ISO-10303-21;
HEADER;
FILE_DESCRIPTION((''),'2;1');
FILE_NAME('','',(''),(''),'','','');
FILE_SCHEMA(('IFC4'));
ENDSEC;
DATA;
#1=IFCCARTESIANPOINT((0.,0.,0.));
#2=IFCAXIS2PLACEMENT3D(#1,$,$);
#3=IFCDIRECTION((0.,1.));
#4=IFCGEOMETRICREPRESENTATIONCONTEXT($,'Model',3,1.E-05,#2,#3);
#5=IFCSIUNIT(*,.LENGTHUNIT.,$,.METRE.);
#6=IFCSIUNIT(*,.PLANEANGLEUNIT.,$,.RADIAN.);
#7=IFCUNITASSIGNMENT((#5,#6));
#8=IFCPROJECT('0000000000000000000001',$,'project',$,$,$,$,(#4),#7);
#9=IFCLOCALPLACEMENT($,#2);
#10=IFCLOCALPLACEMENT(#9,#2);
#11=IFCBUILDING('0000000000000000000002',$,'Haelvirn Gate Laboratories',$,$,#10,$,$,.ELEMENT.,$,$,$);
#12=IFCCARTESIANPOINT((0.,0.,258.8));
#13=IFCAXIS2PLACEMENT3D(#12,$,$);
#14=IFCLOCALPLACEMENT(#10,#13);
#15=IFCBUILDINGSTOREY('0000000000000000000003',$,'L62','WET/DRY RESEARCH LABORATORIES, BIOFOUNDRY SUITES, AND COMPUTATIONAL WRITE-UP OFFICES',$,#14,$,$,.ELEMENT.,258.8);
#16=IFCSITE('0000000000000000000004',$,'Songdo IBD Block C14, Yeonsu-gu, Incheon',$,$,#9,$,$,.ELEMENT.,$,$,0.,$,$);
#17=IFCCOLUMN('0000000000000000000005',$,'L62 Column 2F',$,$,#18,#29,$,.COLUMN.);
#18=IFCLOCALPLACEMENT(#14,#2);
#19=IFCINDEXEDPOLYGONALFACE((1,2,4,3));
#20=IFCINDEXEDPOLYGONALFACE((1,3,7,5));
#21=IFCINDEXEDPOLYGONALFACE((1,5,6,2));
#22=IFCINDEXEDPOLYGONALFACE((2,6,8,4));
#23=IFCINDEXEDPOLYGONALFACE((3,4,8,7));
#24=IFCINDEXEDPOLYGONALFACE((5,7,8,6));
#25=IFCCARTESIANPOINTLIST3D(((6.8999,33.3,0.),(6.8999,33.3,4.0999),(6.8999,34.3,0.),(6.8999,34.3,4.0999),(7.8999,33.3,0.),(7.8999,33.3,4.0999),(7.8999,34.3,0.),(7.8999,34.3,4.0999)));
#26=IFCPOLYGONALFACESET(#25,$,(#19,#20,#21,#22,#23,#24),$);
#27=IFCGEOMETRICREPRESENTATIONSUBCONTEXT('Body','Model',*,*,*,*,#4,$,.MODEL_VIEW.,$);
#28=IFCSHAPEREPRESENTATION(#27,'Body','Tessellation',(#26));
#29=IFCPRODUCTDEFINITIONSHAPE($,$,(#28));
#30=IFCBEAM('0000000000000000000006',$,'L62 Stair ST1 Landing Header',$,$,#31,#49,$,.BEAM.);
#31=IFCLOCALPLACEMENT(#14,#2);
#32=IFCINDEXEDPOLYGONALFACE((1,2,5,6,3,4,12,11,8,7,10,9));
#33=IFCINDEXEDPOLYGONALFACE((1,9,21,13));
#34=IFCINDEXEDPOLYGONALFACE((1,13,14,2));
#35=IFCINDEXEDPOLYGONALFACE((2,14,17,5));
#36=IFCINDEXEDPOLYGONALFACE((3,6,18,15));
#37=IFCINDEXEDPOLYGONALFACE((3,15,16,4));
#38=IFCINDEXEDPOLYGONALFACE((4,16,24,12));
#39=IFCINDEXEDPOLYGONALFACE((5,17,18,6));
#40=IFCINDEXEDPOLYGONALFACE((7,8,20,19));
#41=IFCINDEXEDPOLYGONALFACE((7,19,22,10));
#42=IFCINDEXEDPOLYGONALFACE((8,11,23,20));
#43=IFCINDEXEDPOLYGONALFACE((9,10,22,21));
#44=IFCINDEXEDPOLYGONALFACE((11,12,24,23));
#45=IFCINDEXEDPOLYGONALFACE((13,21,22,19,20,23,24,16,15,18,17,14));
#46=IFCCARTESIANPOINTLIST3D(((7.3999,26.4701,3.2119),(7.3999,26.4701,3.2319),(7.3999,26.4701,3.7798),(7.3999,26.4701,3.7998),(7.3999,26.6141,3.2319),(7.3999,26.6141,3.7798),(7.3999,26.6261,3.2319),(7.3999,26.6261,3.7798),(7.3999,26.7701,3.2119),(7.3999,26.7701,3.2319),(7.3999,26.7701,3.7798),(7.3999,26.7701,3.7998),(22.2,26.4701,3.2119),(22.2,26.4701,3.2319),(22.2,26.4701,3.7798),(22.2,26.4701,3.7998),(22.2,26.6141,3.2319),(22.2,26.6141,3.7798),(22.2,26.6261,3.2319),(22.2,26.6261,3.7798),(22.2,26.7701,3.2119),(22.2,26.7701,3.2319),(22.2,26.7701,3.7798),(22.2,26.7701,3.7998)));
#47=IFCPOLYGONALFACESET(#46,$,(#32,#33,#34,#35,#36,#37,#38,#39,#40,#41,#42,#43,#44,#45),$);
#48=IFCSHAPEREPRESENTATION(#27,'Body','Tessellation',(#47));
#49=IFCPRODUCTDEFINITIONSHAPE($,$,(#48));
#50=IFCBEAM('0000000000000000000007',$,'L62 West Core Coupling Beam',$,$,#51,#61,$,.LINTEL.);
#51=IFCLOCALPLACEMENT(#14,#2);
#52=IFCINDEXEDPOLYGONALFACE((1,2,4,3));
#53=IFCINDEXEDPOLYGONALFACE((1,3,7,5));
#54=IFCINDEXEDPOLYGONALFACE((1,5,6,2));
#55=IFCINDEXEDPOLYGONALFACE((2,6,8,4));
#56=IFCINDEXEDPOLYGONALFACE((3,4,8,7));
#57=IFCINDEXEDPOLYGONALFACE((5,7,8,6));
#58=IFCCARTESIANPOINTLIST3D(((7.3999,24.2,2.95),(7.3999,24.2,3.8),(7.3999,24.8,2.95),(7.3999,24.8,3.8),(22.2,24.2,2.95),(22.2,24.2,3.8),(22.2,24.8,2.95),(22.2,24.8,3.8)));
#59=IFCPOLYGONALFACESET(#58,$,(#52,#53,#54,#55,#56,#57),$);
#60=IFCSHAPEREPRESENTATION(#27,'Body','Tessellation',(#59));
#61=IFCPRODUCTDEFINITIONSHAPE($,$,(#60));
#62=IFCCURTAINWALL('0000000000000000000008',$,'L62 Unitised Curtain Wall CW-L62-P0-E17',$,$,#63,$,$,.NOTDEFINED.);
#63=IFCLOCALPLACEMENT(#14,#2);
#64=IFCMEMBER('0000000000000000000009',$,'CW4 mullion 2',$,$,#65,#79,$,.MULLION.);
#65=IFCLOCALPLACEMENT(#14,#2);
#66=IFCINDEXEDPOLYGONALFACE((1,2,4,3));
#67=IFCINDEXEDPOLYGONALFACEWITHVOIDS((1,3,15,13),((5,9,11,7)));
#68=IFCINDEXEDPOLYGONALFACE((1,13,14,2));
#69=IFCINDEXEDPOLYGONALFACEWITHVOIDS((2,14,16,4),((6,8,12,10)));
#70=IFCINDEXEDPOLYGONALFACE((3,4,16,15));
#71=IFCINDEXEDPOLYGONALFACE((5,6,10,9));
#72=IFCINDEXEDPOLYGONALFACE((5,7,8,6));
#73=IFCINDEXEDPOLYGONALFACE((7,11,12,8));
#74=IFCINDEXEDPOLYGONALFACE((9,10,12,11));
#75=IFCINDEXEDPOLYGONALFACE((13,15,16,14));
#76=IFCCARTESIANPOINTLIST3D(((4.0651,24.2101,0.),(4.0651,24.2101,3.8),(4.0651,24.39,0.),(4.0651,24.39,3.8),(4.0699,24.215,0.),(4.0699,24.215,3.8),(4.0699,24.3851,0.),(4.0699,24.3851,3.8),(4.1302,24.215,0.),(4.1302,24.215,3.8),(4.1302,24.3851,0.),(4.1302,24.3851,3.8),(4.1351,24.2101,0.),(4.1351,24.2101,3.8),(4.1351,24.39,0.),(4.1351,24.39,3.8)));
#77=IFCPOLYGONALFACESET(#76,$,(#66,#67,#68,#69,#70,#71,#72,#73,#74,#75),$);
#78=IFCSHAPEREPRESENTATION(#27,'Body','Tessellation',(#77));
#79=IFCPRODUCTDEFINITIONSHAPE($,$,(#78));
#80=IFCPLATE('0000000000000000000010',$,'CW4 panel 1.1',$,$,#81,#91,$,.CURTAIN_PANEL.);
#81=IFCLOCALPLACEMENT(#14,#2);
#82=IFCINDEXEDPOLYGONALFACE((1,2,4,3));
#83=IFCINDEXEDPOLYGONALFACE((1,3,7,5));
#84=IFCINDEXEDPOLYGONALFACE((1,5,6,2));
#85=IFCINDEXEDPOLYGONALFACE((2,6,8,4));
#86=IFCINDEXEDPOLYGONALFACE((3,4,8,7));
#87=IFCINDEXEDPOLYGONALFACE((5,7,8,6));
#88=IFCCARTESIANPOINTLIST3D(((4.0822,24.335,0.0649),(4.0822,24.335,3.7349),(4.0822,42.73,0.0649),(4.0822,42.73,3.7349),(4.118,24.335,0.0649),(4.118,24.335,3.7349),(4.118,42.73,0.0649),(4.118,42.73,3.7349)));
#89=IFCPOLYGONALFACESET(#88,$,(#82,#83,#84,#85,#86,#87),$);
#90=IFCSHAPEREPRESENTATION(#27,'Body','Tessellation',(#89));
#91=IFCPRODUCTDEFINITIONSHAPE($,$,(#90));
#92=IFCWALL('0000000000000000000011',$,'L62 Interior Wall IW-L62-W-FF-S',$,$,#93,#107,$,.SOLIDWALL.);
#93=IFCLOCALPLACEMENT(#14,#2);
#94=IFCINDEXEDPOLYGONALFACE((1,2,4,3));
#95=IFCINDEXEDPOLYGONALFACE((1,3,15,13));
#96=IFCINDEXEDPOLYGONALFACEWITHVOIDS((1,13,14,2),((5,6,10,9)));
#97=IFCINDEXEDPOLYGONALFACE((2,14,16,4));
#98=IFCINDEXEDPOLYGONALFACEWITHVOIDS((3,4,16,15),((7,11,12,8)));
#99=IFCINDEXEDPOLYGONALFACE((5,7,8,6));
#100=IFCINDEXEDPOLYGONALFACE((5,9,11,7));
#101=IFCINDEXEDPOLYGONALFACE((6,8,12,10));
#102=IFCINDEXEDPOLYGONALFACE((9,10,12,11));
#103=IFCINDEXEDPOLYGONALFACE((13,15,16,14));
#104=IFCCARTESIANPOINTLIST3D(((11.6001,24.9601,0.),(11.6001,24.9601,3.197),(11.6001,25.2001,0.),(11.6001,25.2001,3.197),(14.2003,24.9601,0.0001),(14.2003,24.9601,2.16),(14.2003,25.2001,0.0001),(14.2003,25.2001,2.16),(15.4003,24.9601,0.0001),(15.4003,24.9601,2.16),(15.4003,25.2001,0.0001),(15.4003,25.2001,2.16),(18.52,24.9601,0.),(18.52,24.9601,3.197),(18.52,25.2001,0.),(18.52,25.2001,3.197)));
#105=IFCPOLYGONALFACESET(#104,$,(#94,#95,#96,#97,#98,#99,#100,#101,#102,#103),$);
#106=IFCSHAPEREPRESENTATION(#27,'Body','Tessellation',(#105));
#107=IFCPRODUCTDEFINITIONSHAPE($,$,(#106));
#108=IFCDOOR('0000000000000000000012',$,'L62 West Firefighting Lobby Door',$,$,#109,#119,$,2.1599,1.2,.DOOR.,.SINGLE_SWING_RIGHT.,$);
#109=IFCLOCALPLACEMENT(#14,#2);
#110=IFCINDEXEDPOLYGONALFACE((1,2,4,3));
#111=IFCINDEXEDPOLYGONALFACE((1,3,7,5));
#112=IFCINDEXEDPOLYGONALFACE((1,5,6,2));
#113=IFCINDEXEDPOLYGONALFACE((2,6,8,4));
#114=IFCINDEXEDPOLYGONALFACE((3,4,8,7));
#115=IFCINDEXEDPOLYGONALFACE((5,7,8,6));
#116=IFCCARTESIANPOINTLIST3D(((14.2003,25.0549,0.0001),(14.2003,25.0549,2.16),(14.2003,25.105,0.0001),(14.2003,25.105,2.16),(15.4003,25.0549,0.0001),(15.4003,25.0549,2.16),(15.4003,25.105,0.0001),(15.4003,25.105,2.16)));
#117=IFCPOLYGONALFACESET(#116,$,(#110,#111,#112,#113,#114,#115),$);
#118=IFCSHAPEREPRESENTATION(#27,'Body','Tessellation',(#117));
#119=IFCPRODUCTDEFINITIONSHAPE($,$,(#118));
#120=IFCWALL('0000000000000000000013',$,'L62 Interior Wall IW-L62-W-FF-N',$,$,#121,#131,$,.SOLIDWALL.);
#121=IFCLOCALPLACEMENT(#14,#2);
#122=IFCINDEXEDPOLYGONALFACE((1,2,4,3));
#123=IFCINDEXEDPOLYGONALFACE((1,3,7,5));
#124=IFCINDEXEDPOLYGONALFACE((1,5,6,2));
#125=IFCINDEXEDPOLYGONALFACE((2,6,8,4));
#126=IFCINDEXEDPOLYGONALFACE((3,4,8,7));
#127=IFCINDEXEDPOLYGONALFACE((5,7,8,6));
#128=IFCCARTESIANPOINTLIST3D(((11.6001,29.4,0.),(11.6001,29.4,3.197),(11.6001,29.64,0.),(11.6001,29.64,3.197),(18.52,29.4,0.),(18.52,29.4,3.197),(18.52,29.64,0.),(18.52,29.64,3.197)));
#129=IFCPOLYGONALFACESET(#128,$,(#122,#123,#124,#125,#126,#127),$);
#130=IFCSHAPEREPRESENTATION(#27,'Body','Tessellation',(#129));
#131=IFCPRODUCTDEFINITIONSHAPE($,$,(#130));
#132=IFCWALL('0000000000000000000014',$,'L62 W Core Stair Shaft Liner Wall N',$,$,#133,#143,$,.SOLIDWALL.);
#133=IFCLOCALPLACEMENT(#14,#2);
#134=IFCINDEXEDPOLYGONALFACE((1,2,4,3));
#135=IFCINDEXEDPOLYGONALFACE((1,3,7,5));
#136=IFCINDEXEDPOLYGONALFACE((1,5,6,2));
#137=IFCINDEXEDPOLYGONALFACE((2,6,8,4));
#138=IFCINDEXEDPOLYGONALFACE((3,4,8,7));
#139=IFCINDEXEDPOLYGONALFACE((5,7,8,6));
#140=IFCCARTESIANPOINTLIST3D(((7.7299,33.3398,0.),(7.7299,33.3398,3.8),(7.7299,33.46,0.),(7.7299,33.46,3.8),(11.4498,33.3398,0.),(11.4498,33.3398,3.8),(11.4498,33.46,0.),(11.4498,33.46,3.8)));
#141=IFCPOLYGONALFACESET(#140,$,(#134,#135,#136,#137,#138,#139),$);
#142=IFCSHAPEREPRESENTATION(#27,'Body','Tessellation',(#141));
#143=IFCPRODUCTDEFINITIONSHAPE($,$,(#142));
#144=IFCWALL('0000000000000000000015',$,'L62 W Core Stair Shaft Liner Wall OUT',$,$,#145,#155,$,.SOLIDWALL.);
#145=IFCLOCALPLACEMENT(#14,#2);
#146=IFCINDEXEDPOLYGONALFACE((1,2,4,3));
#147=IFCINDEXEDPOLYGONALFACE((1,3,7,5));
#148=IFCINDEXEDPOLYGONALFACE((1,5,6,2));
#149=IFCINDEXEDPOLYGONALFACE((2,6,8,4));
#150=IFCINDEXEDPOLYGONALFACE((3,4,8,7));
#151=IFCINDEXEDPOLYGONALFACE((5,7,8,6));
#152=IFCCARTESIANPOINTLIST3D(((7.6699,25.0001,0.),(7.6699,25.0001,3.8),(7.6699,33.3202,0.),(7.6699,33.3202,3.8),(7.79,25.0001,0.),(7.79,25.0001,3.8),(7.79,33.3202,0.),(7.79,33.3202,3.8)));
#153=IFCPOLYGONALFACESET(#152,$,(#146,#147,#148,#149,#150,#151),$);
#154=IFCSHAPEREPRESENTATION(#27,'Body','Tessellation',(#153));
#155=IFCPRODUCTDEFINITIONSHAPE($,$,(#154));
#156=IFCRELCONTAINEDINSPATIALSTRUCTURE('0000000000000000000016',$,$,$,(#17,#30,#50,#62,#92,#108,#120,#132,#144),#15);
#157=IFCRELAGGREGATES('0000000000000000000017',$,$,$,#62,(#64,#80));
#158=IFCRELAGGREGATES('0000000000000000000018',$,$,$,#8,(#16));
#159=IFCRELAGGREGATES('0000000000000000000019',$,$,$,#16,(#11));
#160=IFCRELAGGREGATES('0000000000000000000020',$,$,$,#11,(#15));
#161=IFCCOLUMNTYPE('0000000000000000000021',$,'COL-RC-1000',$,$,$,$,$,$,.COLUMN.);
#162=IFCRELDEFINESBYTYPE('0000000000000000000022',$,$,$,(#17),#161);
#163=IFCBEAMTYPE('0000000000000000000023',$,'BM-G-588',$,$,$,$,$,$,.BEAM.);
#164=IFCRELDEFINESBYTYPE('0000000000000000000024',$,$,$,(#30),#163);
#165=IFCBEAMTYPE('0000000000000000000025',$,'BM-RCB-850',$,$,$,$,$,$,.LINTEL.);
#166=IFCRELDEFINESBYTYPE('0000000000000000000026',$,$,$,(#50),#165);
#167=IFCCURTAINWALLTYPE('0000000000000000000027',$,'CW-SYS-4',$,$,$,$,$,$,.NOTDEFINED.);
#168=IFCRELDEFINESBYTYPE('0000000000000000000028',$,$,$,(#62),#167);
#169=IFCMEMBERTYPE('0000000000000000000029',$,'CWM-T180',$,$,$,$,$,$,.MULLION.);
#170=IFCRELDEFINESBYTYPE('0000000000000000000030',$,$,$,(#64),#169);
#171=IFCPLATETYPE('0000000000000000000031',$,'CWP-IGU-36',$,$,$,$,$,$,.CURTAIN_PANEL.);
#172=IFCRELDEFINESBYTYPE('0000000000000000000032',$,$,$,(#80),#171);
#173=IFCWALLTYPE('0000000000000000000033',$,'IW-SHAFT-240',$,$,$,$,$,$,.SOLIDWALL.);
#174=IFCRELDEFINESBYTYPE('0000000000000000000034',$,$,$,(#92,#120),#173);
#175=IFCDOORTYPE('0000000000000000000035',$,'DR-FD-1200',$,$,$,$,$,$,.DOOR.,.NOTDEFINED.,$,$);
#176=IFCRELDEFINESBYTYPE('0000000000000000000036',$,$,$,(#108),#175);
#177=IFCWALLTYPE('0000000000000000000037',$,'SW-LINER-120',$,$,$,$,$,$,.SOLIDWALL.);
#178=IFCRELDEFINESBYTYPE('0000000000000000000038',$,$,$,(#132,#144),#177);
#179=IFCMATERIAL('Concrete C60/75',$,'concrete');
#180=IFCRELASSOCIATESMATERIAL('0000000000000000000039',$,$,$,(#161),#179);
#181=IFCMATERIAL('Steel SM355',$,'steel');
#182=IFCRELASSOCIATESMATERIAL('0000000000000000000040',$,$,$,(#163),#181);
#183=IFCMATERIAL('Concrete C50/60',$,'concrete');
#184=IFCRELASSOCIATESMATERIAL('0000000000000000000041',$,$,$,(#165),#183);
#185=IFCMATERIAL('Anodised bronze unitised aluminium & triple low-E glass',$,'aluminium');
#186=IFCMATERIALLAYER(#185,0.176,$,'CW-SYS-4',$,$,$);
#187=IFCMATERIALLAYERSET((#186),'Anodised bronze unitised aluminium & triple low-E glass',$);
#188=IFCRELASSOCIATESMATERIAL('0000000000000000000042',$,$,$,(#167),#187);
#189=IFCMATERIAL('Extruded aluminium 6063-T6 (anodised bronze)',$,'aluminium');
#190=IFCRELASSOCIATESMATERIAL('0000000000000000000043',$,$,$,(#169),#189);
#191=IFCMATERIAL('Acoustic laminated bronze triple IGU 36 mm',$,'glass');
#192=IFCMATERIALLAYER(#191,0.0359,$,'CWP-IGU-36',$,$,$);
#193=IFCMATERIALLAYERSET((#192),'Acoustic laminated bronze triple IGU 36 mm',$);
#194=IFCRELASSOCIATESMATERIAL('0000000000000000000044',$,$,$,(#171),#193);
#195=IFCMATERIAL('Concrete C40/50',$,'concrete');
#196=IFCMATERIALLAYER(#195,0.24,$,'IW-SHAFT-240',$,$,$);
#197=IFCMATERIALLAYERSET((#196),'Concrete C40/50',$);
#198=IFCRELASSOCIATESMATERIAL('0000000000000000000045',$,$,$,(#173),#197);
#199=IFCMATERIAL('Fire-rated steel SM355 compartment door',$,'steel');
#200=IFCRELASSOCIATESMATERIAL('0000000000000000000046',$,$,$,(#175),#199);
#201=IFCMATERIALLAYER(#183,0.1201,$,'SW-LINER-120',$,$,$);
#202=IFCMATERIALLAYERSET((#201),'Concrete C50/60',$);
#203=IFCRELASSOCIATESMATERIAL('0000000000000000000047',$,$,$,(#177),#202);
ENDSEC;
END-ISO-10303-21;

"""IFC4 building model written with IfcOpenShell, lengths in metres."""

from ifc_helpers import new_model, si_unit, direction, frame, frame_2d, origin, origin_2d, place, context, subcontext, project, spatial, rectangle, hollow_rectangle, i_section, extrude, source, transform, mapped, material, layer, layer_set, material_profile, profile_set, type_object, type_shapes, element, fill, aggregate, save


model = new_model("IFC4")

# Units and contexts
model_context = context("Model", 3, precision=1e-05, world=origin(), true_north=direction((0.0, 1.0)))
body_context = subcontext(model_context, "Body", "Model", "MODEL_VIEW")
ifc_project = project(units=[si_unit("LENGTHUNIT", "METRE"), si_unit("PLANEANGLEUNIT", "RADIAN")], contexts=[model_context])

# Site, building, storey
site_placement = place(None, origin())
site = spatial("IfcSite", under=ifc_project, at=site_placement, Name="Songdo IBD Block C14, Yeonsu-gu, Incheon", CompositionType="ELEMENT", RefElevation=0.0)
building_placement = place(site_placement, origin())
building = spatial("IfcBuilding", under=site, at=building_placement, Name="Haelvirn Gate Laboratories", CompositionType="ELEMENT")
storey_placement = place(building_placement, frame((0.0, 0.0, 258.8)))
storey = spatial("IfcBuildingStorey", under=building, at=storey_placement, Name="L62", Description="WET/DRY RESEARCH LABORATORIES, BIOFOUNDRY SUITES, AND COMPUTATIONAL WRITE-UP OFFICES", CompositionType="ELEMENT", Elevation=258.8)

# Column
ifc_material_1 = material(Name="Concrete C60/75", Category="concrete")
ifc_material_profile_1 = material_profile(ifc_material_1, rectangle(XDim=1.0, YDim=1.0, at=origin_2d()), Name="RC-1000x1000")
ifc_profile_set_1 = profile_set([ifc_material_profile_1], Name="Concrete C60/75")
column_type = type_object("IfcColumnType", Name="COL-RC-1000", PredefinedType="COLUMN", material=ifc_profile_set_1)
shared_shape_1 = source(origin(), body_context, "Body", "SweptSolid", [
    extrude(rectangle(XDim=1.0, YDim=1.0, at=origin_2d()), origin(), (0.0, 0.0, 1.0), 4.0999),
])
type_shapes(column_type, [shared_shape_1])
column_placement = place(storey_placement, frame((7.3999, 33.8, 0.0), z_axis=(0.0, 0.0, 1.0), x_axis=(1.0, 0.0, 0.0)))
element("IfcColumn", 1, at=column_placement, inside=storey, type_object=column_type, Name="L62 Column 2F", PredefinedType="COLUMN", context=body_context, shape_type="MappedRepresentation", body=[
    mapped(shared_shape_1, transform((0.0, 0.0, 0.0), scale=1.0)),
])

# Beams
ifc_material_2 = material(Name="Steel SM355", Category="steel")
ifc_material_profile_2 = material_profile(ifc_material_2, i_section(OverallWidth=0.3, OverallDepth=0.5879, WebThickness=0.012, FlangeThickness=0.02, at=origin_2d()), Name="H-588x300x12x20")
ifc_profile_set_2 = profile_set([ifc_material_profile_2], Name="Steel SM355")
beam_type_1 = type_object("IfcBeamType", Name="BM-G-588", PredefinedType="BEAM", material=ifc_profile_set_2)
shared_shape_2 = source(origin(), body_context, "Body", "SweptSolid", [
    extrude(i_section(OverallWidth=0.3, OverallDepth=0.5879, WebThickness=0.012, FlangeThickness=0.02, at=origin_2d()), origin(), (0.0, 0.0, 1.0), 14.8),
])
type_shapes(beam_type_1, [shared_shape_2])
beam_1_placement = place(storey_placement, frame((7.3999, 26.6201, 3.5059), z_axis=(1.0, 0.0, 0.0), x_axis=(0.0, 1.0, 0.0)))
element("IfcBeam", 2, at=beam_1_placement, inside=storey, type_object=beam_type_1, Name="L62 Stair ST1 Landing Header", PredefinedType="BEAM", context=body_context, shape_type="MappedRepresentation", body=[
    mapped(shared_shape_2, transform((0.0, 0.0, 0.0), scale=1.0)),
])
ifc_material_3 = material(Name="Concrete C50/60", Category="concrete")
ifc_material_profile_3 = material_profile(ifc_material_3, rectangle(XDim=0.6001, YDim=0.8501, at=origin_2d()), Name="RCB-600x850")
ifc_profile_set_3 = profile_set([ifc_material_profile_3], Name="Concrete C50/60")
beam_type_2 = type_object("IfcBeamType", Name="BM-RCB-850", PredefinedType="LINTEL", material=ifc_profile_set_3)
shared_shape_3 = source(origin(), body_context, "Body", "SweptSolid", [
    extrude(rectangle(XDim=0.6001, YDim=0.8501, at=origin_2d()), origin(), (0.0, 0.0, 1.0), 14.8),
])
type_shapes(beam_type_2, [shared_shape_3])
beam_2_placement = place(storey_placement, frame((7.3999, 24.5, 3.375), z_axis=(1.0, 0.0, 0.0), x_axis=(0.0, 1.0, 0.0)))
element("IfcBeam", 3, at=beam_2_placement, inside=storey, type_object=beam_type_2, Name="L62 West Core Coupling Beam", PredefinedType="LINTEL", context=body_context, shape_type="MappedRepresentation", body=[
    mapped(shared_shape_3, transform((0.0, 0.0, 0.0), scale=1.0)),
])

# Curtain wall, member, plate
ifc_material_4 = material(Name="Anodised bronze unitised aluminium & triple low-E glass", Category="aluminium")
ifc_layer_1 = layer(ifc_material_4, 0.176, Name="CW-SYS-4")
ifc_layer_set_1 = layer_set([ifc_layer_1], Name="Anodised bronze unitised aluminium & triple low-E glass")
curtain_wall_type = type_object("IfcCurtainWallType", Name="CW-SYS-4", PredefinedType="NOTDEFINED", material=ifc_layer_set_1)
curtain_wall_placement = place(storey_placement, origin())
curtain_wall = element("IfcCurtainWall", 4, at=curtain_wall_placement, inside=storey, type_object=curtain_wall_type, Name="L62 Unitised Curtain Wall CW-L62-P0-E17", PredefinedType="NOTDEFINED")
ifc_material_5 = material(Name="Extruded aluminium 6063-T6 (anodised bronze)", Category="aluminium")
ifc_material_profile_4 = material_profile(ifc_material_5, hollow_rectangle(XDim=0.0701, YDim=0.1799, WallThickness=0.0049, at=origin_2d()), Name="CWM-180x70x5")
ifc_profile_set_4 = profile_set([ifc_material_profile_4], Name="Extruded aluminium 6063-T6 (anodised bronze)")
member_type = type_object("IfcMemberType", Name="CWM-T180", PredefinedType="MULLION", material=ifc_profile_set_4)
shared_shape_4 = source(origin(), body_context, "Body", "SweptSolid", [
    extrude(hollow_rectangle(XDim=0.0701, YDim=0.1799, WallThickness=0.0049, at=origin_2d()), origin(), (0.0, 0.0, 1.0), 3.8),
])
type_shapes(member_type, [shared_shape_4])
member_placement = place(storey_placement, frame((4.1001, 24.3, 0.0), z_axis=(0.0, 0.0, 1.0), x_axis=(1.0, 0.0, 0.0)))
member = element("IfcMember", 5, at=member_placement, type_object=member_type, Name="CW4 mullion 2", PredefinedType="MULLION", context=body_context, shape_type="MappedRepresentation", body=[
    mapped(shared_shape_4, transform((0.0, 0.0, 0.0), scale=1.0)),
])
ifc_material_6 = material(Name="Acoustic laminated bronze triple IGU 36 mm", Category="glass")
ifc_layer_2 = layer(ifc_material_6, 0.0359, Name="CWP-IGU-36")
ifc_layer_set_2 = layer_set([ifc_layer_2], Name="Acoustic laminated bronze triple IGU 36 mm")
plate_type = type_object("IfcPlateType", Name="CWP-IGU-36", PredefinedType="CURTAIN_PANEL", material=ifc_layer_set_2)
shared_shape_5 = source(origin(), body_context, "Body", "SweptSolid", [
    extrude(rectangle(XDim=18.395, YDim=0.0359, at=origin_2d()), origin(), (0.0, 0.0, 1.0), 3.6699),
])
type_shapes(plate_type, [shared_shape_5])
plate_placement = place(storey_placement, frame((4.1001, 33.5325, 0.0649), z_axis=(0.0, 0.0, 1.0), x_axis=(0.0, -1.0, 0.0)))
plate = element("IfcPlate", 6, at=plate_placement, type_object=plate_type, Name="CW4 panel 1.1", PredefinedType="CURTAIN_PANEL", context=body_context, shape_type="MappedRepresentation", body=[
    mapped(shared_shape_5, transform((0.0, 0.0, 0.0), scale=1.0)),
])
aggregate(curtain_wall, [member, plate])

# Wall, opening, door
ifc_material_7 = material(Name="Concrete C40/50", Category="concrete")
ifc_layer_3 = layer(ifc_material_7, 0.24, Name="IW-SHAFT-240")
ifc_layer_set_3 = layer_set([ifc_layer_3], Name="Concrete C40/50")
wall_type_1 = type_object("IfcWallType", Name="IW-SHAFT-240", PredefinedType="SOLIDWALL", material=ifc_layer_set_3)
wall_1_placement = place(storey_placement, frame((11.6001, 25.0801, 0.0), z_axis=(0.0, 0.0, 1.0), x_axis=(1.0, 0.0, 0.0)))
wall_1 = element("IfcWall", 7, at=wall_1_placement, inside=storey, type_object=wall_type_1, Name="L62 Interior Wall IW-L62-W-FF-S", PredefinedType="SOLIDWALL", context=body_context, shape_type="SweptSolid", body=[
    extrude(rectangle(XDim=6.9199, YDim=0.24, at=frame_2d((3.46, 0.0))), origin(), (0.0, 0.0, 1.0), 3.197),
])
opening_1_placement = place(wall_1_placement, frame((2.6001, 0.0, 0.0)))
opening_1 = element("IfcOpeningElement", 8, at=opening_1_placement, cuts=wall_1, PredefinedType="OPENING", context=body_context, shape_type="SweptSolid", body=[
    extrude(rectangle(XDim=1.2, YDim=2.1599, at=frame_2d((0.6001, 1.0801))), frame((0.0, 0.1299, 0.0), z_axis=(0.0, -1.0, 0.0), x_axis=(1.0, 0.0, 0.0)), (0.0, 0.0, 1.0), 0.26),
])
ifc_material_8 = material(Name="Fire-rated steel SM355 compartment door", Category="steel")
door_type_1 = type_object("IfcDoorType", Name="DR-FD-1200", OperationType="NOTDEFINED", PredefinedType="DOOR", material=ifc_material_8)
shared_shape_6 = source(origin(), body_context, "Body", "SweptSolid", [
    extrude(rectangle(XDim=1.2, YDim=2.1599, at=frame_2d((0.6001, 1.0801))), frame((0.0, 0.0249, 0.0), z_axis=(0.0, -1.0, 0.0), x_axis=(1.0, 0.0, 0.0)), (0.0, 0.0, 1.0), 0.05),
])
type_shapes(door_type_1, [shared_shape_6])
door_1_placement = place(opening_1_placement, origin())
door_1 = element("IfcDoor", 9, at=door_1_placement, inside=storey, type_object=door_type_1, Name="L62 West Firefighting Lobby Door", OperationType="SINGLE_SWING_RIGHT", OverallHeight=2.1599, OverallWidth=1.2, PredefinedType="DOOR", context=body_context, shape_type="MappedRepresentation", body=[
    mapped(shared_shape_6, transform((0.0, 0.0, 0.0), scale=1.0)),
])
fill(opening_1, door_1)

# Wall
wall_2_placement = place(storey_placement, frame((11.6001, 29.52, 0.0), z_axis=(0.0, 0.0, 1.0), x_axis=(1.0, 0.0, 0.0)))
element("IfcWall", 10, at=wall_2_placement, inside=storey, type_object=wall_type_1, Name="L62 Interior Wall IW-L62-W-FF-N", PredefinedType="SOLIDWALL", context=body_context, shape_type="SweptSolid", body=[
    extrude(rectangle(XDim=6.9199, YDim=0.24, at=frame_2d((3.46, 0.0))), origin(), (0.0, 0.0, 1.0), 3.197),
])

# Walls
ifc_layer_4 = layer(ifc_material_3, 0.1201, Name="SW-LINER-120")
ifc_layer_set_4 = layer_set([ifc_layer_4], Name="Concrete C50/60")
wall_type_2 = type_object("IfcWallType", Name="SW-LINER-120", PredefinedType="SOLIDWALL", material=ifc_layer_set_4)
wall_3_placement = place(storey_placement, frame((7.73, 33.3999, 0.0), z_axis=(0.0, 0.0, 1.0), x_axis=(1.0, 0.0, 0.0)))
element("IfcWall", 11, at=wall_3_placement, inside=storey, type_object=wall_type_2, Name="L62 W Core Stair Shaft Liner Wall N", PredefinedType="SOLIDWALL", context=body_context, shape_type="SweptSolid", body=[
    extrude(rectangle(XDim=3.72, YDim=0.1201, at=frame_2d((1.8599, 0.0))), origin(), (0.0, 0.0, 1.0), 3.8),
])
wall_4_placement = place(storey_placement, frame((7.73, 25.0, 0.0), z_axis=(0.0, 0.0, 1.0), x_axis=(0.0, 1.0, 0.0)))
element("IfcWall", 12, at=wall_4_placement, inside=storey, type_object=wall_type_2, Name="L62 W Core Stair Shaft Liner Wall OUT", PredefinedType="SOLIDWALL", context=body_context, shape_type="SweptSolid", body=[
    extrude(rectangle(XDim=8.3201, YDim=0.1201, at=frame_2d((4.1602, 0.0))), origin(), (0.0, 0.0, 1.0), 3.8),
])

save(model, "model.ifc")
